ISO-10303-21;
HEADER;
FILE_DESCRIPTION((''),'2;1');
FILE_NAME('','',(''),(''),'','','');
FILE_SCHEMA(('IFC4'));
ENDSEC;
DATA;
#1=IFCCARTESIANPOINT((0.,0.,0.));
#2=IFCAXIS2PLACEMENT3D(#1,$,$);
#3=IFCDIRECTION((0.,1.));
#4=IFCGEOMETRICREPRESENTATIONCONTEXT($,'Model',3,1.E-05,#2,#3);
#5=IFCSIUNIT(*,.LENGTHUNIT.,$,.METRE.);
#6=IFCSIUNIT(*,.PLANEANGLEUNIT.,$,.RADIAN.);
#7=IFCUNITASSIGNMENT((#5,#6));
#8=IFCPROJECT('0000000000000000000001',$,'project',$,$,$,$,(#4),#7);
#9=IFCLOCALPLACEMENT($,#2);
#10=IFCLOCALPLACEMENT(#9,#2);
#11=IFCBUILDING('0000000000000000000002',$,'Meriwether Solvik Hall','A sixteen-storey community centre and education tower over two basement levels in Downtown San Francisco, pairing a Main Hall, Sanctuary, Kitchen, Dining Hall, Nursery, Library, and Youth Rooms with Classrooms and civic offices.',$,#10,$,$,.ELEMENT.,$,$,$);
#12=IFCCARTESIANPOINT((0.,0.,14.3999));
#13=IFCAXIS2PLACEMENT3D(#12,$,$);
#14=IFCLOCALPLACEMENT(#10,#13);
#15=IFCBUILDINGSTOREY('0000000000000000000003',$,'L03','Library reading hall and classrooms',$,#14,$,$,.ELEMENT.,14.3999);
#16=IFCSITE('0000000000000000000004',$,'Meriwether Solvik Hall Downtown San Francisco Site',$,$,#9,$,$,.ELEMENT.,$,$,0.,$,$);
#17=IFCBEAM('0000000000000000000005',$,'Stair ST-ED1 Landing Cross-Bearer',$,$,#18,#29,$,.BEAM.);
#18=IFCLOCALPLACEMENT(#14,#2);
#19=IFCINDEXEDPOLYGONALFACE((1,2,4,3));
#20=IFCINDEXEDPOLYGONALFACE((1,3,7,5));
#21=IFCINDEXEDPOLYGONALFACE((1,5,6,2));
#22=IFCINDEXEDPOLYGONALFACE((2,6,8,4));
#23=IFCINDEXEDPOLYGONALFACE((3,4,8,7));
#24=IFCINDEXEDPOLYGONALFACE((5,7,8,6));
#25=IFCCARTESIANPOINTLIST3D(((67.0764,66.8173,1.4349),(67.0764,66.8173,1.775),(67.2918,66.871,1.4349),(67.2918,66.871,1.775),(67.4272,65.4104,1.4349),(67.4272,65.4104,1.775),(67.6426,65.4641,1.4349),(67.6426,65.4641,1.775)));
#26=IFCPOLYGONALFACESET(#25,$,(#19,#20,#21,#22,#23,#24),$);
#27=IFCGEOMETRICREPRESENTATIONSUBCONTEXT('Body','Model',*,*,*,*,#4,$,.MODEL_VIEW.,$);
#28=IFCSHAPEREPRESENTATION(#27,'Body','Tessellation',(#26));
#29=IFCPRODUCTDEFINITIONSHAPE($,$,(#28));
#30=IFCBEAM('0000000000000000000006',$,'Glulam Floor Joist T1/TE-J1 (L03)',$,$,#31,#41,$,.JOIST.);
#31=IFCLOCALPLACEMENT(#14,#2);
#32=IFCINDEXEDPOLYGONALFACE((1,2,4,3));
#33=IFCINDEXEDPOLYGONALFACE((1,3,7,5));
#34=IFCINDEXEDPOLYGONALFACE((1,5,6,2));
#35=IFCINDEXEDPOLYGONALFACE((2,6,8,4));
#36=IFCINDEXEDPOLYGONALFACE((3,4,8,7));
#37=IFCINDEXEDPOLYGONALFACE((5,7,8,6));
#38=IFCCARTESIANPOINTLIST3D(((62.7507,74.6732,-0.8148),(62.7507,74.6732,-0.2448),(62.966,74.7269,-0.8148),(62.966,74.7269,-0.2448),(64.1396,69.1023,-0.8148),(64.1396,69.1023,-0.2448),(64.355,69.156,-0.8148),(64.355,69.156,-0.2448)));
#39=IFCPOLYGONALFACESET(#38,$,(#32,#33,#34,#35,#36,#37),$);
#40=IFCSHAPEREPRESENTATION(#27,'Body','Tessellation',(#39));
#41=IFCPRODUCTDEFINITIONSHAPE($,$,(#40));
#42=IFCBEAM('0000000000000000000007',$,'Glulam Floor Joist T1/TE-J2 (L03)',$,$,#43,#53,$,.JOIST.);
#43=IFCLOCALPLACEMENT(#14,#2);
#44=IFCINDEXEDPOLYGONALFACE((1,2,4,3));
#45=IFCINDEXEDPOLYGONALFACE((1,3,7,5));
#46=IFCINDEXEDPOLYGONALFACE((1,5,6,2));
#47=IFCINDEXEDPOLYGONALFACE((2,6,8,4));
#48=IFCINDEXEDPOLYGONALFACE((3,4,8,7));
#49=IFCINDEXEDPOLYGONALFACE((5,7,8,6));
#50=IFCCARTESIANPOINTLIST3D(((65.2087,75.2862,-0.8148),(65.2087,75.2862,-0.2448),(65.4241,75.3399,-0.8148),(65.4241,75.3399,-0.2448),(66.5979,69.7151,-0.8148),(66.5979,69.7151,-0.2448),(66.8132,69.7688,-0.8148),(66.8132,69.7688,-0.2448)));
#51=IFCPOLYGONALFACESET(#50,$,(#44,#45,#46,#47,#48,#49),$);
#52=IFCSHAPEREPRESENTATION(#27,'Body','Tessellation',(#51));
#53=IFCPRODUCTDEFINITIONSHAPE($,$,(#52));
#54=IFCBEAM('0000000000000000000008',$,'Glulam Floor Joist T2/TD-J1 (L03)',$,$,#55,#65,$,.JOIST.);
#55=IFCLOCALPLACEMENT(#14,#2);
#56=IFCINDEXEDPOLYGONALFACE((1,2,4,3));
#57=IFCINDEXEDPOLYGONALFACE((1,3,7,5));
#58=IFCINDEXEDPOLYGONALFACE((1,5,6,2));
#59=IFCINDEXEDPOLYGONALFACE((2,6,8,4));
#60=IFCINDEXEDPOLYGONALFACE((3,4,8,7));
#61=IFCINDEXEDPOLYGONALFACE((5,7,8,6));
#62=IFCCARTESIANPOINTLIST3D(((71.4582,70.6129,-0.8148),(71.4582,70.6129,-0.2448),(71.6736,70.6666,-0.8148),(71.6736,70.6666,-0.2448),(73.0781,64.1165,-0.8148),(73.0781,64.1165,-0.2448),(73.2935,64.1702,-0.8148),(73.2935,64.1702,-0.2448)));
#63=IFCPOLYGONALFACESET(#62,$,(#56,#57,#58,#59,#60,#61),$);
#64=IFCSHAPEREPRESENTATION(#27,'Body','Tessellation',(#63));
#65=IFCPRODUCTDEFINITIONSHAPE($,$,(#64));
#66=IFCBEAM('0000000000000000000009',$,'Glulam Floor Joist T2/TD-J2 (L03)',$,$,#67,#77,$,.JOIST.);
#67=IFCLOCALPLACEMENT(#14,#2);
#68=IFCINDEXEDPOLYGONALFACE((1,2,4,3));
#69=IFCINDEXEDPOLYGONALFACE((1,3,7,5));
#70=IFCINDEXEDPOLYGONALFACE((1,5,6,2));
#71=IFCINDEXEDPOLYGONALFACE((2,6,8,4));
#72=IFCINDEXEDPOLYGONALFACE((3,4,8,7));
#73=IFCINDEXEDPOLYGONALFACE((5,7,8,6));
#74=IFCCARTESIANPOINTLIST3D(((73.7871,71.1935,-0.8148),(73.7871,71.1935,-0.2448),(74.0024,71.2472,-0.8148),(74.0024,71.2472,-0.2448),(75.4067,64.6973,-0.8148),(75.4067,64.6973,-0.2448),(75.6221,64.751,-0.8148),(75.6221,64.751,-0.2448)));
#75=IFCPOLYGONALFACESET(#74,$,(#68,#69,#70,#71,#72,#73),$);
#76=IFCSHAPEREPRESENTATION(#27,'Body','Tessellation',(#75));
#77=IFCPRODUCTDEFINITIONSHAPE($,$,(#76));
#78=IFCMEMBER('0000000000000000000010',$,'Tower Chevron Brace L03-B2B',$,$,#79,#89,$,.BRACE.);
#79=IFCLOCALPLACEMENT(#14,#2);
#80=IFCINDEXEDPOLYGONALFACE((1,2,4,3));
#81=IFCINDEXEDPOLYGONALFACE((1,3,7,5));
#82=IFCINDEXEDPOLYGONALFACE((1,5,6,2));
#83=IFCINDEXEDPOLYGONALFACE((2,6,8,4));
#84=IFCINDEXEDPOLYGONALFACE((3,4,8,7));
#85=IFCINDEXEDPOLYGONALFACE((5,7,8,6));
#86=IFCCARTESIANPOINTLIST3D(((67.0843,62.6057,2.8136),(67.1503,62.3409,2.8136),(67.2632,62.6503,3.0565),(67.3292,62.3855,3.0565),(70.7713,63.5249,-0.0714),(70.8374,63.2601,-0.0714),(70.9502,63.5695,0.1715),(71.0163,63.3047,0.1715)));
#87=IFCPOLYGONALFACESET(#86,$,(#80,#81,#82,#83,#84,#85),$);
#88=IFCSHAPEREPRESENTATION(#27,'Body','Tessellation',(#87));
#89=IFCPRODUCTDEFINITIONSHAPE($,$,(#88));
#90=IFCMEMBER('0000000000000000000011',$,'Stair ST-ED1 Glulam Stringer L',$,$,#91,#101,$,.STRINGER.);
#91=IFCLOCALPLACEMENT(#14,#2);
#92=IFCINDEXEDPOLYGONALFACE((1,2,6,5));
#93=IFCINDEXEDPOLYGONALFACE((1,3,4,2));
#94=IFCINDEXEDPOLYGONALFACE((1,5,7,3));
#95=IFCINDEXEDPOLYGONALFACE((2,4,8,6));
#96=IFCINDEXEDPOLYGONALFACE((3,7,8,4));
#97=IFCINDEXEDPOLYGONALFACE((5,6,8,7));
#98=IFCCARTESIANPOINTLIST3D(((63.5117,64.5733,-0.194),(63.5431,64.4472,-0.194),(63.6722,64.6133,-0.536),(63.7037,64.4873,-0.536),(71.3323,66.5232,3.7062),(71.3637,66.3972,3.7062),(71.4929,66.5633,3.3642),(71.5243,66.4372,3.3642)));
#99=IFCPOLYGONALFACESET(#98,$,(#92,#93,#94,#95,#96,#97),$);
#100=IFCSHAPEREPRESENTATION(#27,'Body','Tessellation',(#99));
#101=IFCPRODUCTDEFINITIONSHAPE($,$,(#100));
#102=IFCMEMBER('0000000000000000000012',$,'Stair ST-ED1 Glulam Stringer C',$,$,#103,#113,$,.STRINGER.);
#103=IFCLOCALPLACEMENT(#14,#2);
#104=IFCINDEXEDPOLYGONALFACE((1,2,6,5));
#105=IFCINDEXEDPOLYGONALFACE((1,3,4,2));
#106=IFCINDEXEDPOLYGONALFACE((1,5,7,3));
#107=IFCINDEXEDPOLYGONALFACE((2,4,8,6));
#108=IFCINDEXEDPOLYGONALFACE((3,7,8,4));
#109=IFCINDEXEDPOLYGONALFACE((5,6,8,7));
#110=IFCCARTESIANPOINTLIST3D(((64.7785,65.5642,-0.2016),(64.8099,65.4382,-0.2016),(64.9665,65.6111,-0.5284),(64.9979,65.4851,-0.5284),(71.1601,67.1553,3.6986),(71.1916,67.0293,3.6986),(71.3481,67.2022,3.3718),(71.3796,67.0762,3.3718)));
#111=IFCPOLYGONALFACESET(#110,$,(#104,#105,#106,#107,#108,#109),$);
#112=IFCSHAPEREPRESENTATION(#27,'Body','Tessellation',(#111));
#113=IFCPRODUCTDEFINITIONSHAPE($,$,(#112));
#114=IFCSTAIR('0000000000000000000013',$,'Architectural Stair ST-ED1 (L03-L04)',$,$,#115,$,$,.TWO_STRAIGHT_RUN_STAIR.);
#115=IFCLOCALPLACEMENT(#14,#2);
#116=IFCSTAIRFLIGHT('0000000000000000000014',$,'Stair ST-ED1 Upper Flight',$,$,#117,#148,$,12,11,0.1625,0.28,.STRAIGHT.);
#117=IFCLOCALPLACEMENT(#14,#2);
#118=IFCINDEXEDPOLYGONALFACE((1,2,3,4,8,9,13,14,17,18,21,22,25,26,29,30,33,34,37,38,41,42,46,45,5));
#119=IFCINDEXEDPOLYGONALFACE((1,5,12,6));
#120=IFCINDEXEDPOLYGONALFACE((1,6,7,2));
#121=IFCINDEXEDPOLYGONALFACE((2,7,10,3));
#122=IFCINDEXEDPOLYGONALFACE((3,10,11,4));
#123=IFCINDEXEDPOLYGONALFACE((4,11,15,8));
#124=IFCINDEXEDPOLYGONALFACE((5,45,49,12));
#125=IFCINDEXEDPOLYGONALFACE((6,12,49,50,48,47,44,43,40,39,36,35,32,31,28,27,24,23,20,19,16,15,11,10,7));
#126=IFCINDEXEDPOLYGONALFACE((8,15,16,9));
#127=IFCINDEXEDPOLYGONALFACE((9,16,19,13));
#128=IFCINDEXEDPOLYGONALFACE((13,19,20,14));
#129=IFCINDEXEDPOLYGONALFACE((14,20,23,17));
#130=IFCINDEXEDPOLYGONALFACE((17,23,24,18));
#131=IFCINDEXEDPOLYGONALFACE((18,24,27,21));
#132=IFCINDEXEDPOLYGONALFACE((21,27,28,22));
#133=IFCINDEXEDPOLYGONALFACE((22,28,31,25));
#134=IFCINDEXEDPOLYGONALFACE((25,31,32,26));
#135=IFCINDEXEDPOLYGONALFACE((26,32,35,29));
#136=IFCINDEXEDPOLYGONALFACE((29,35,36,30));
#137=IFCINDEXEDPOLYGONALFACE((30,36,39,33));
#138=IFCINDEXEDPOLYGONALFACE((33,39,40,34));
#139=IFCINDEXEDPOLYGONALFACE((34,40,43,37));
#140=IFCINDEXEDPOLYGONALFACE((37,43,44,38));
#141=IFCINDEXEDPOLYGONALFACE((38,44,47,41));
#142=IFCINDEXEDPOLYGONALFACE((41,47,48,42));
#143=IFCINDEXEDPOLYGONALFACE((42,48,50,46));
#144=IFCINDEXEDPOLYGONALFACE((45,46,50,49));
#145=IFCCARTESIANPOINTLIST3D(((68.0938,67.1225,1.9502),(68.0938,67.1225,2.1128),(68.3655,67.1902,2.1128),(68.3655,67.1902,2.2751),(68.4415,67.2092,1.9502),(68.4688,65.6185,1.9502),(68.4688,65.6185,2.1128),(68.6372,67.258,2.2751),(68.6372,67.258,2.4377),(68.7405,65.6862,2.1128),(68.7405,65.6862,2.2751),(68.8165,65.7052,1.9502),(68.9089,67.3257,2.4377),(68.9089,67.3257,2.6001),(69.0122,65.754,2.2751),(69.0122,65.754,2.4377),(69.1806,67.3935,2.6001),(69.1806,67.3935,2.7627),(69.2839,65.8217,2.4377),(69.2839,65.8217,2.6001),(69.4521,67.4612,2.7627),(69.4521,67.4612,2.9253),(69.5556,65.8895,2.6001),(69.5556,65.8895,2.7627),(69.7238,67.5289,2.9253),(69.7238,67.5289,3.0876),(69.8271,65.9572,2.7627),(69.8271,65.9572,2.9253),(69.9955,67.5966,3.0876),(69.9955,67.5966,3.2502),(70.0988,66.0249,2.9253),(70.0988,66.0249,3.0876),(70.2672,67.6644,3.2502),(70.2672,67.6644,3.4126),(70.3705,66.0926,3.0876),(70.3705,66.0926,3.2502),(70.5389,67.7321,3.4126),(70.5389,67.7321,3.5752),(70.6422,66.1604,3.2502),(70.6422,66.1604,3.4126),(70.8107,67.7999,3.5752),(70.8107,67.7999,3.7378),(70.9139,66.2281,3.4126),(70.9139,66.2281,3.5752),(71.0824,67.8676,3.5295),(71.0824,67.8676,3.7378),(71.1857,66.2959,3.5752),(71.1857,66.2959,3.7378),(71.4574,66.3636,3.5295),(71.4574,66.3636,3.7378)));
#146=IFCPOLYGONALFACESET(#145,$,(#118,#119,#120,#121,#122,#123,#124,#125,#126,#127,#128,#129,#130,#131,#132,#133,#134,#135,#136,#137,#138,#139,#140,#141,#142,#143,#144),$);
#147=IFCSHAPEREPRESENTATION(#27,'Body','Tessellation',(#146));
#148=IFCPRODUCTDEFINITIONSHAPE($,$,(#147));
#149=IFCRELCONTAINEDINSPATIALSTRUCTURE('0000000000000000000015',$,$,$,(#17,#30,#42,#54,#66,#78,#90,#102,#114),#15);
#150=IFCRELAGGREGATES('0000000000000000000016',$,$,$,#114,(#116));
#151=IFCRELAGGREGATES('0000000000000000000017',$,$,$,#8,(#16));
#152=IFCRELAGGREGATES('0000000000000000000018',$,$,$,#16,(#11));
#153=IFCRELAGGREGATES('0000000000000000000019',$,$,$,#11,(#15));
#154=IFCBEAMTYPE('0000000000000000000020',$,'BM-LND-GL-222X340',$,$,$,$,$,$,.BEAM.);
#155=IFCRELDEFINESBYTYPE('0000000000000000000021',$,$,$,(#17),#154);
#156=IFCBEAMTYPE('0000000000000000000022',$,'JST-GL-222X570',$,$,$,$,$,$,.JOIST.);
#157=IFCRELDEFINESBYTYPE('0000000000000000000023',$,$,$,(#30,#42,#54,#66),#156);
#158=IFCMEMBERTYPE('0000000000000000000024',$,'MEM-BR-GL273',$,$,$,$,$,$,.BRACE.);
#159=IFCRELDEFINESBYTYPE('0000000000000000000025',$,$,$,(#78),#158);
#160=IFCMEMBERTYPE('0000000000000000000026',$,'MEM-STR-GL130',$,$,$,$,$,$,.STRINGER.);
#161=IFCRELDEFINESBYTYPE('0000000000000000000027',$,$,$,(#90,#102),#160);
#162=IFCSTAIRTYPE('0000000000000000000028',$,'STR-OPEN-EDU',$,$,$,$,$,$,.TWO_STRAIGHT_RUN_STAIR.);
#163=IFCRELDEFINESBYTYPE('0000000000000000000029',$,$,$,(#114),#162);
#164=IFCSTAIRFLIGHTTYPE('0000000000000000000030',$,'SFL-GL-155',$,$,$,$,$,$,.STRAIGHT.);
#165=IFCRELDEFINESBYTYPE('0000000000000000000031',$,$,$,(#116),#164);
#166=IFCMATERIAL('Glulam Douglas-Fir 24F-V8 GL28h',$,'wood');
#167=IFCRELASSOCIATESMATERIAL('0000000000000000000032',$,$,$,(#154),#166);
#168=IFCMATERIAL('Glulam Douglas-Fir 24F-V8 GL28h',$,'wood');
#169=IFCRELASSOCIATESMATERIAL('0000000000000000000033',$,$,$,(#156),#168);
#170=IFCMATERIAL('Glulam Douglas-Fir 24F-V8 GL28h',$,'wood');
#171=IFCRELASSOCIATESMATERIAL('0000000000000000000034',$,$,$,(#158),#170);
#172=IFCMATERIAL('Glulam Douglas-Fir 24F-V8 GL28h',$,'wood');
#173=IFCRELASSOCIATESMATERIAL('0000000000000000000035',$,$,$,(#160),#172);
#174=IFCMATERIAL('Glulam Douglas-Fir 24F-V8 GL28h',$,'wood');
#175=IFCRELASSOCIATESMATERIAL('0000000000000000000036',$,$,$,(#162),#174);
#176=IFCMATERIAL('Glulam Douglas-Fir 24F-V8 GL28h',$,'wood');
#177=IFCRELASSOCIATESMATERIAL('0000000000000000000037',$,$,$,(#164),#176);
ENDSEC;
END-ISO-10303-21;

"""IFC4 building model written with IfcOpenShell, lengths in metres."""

from ifc_helpers import new_model, si_unit, direction, frame, origin, origin_2d, place, context, subcontext, project, spatial, polyline, rectangle, outline, extrude, material, material_profile, profile_set, type_object, element, aggregate, save


model = new_model("IFC4")

# Units and contexts
model_context = context("Model", 3, precision=1e-05, world=origin(), true_north=direction((0.0, 1.0)))
body_context = subcontext(model_context, "Body", "Model", "MODEL_VIEW")
ifc_project = project(units=[si_unit("LENGTHUNIT", "METRE"), si_unit("PLANEANGLEUNIT", "RADIAN")], contexts=[model_context])

# Site, building, storey
site_placement = place(None, origin())
site = spatial("IfcSite", under=ifc_project, at=site_placement, Name="Meriwether Solvik Hall Downtown San Francisco Site", CompositionType="ELEMENT", RefElevation=0.0)
building_placement = place(site_placement, origin())
building = spatial("IfcBuilding", under=site, at=building_placement, Name="Meriwether Solvik Hall", Description="A sixteen-storey community centre and education tower over two basement levels in Downtown San Francisco, pairing a Main Hall, Sanctuary, Kitchen, Dining Hall, Nursery, Library, and Youth Rooms with Classrooms and civic offices.", CompositionType="ELEMENT")
storey_placement = place(building_placement, frame((0.0, 0.0, 14.3999)))
storey = spatial("IfcBuildingStorey", under=building, at=storey_placement, Name="L03", Description="Library reading hall and classrooms", CompositionType="ELEMENT", Elevation=14.3999)

# Beams
ifc_material_1 = material(Name="Glulam Douglas-Fir 24F-V8 GL28h", Category="wood")
ifc_material_profile_1 = material_profile(ifc_material_1, rectangle(XDim=0.2219, YDim=0.3401, at=origin_2d()), Name="GLB-222X340")
ifc_profile_set_1 = profile_set([ifc_material_profile_1], Name="Glulam Douglas-Fir 24F-V8 GL28h")
beam_type_1 = type_object("IfcBeamType", Name="BM-LND-GL-222X340", PredefinedType="BEAM", material=ifc_profile_set_1)
beam_1_placement = place(storey_placement, frame((67.5349, 65.4373, 1.605), z_axis=(-0.241941, 0.970291, 0.0), x_axis=(-0.970291, -0.241941, 0.0)))
element("IfcBeam", 1, at=beam_1_placement, inside=storey, type_object=beam_type_1, Name="Stair ST-ED1 Landing Cross-Bearer", PredefinedType="BEAM", context=body_context, shape_type="SweptSolid", body=[
    extrude(rectangle(XDim=0.2219, YDim=0.3401, at=origin_2d()), origin(), (0.0, 0.0, 1.0), 1.45),
])
ifc_material_2 = material(Name="Glulam Douglas-Fir 24F-V8 GL28h", Category="wood")
ifc_material_profile_2 = material_profile(ifc_material_2, rectangle(XDim=0.2219, YDim=0.5701, at=origin_2d()), Name="GLJ-222X570")
ifc_profile_set_2 = profile_set([ifc_material_profile_2], Name="Glulam Douglas-Fir 24F-V8 GL28h")
beam_type_2 = type_object("IfcBeamType", Name="JST-GL-222X570", PredefinedType="JOIST", material=ifc_profile_set_2)
beam_2_placement = place(storey_placement, frame((64.2473, 69.1292, -0.5298), z_axis=(-0.241915, 0.970297, 0.0), x_axis=(-0.970297, -0.241915, 0.0)))
element("IfcBeam", 2, at=beam_2_placement, inside=storey, type_object=beam_type_2, Name="Glulam Floor Joist T1/TE-J1 (L03)", PredefinedType="JOIST", context=body_context, shape_type="SweptSolid", body=[
    extrude(rectangle(XDim=0.2219, YDim=0.5701, at=origin_2d()), origin(), (0.0, 0.0, 1.0), 5.7415),
])
beam_3_placement = place(storey_placement, frame((66.7056, 69.7419, -0.5298), z_axis=(-0.241945, 0.97029, 0.0), x_axis=(-0.97029, -0.241945, 0.0)))
element("IfcBeam", 3, at=beam_3_placement, inside=storey, type_object=beam_type_2, Name="Glulam Floor Joist T1/TE-J2 (L03)", PredefinedType="JOIST", context=body_context, shape_type="SweptSolid", body=[
    extrude(rectangle(XDim=0.2219, YDim=0.5701, at=origin_2d()), origin(), (0.0, 0.0, 1.0), 5.7417),
])
beam_4_placement = place(storey_placement, frame((73.1858, 64.1433, -0.5298), z_axis=(-0.241944, 0.97029, 0.0), x_axis=(-0.97029, -0.241944, 0.0)))
element("IfcBeam", 4, at=beam_4_placement, inside=storey, type_object=beam_type_2, Name="Glulam Floor Joist T2/TD-J1 (L03)", PredefinedType="JOIST", context=body_context, shape_type="SweptSolid", body=[
    extrude(rectangle(XDim=0.2219, YDim=0.5701, at=origin_2d()), origin(), (0.0, 0.0, 1.0), 6.6953),
])
beam_5_placement = place(storey_placement, frame((75.5144, 64.7241, -0.5298), z_axis=(-0.241918, 0.970297, 0.0), x_axis=(-0.970297, -0.241918, 0.0)))
element("IfcBeam", 5, at=beam_5_placement, inside=storey, type_object=beam_type_2, Name="Glulam Floor Joist T2/TD-J2 (L03)", PredefinedType="JOIST", context=body_context, shape_type="SweptSolid", body=[
    extrude(rectangle(XDim=0.2219, YDim=0.5701, at=origin_2d()), origin(), (0.0, 0.0, 1.0), 6.6951),
])

# Members
ifc_material_3 = material(Name="Glulam Douglas-Fir 24F-V8 GL28h", Category="wood")
ifc_material_profile_3 = material_profile(ifc_material_3, rectangle(XDim=0.2729, YDim=0.3049, at=origin_2d()), Name="GLM-273X305")
ifc_profile_set_3 = profile_set([ifc_material_profile_3], Name="Glulam Douglas-Fir 24F-V8 GL28h")
member_type_1 = type_object("IfcMemberType", Name="MEM-BR-GL273", PredefinedType="BRACE", material=ifc_profile_set_3)
member_1_placement = place(storey_placement, frame((70.8938, 63.4148, 0.05), z_axis=(-0.7728, -0.192663, 0.6047), x_axis=(0.241901, -0.970301, 0.0)))
element("IfcMember", 6, at=member_1_placement, inside=storey, type_object=member_type_1, Name="Tower Chevron Brace L03-B2B", PredefinedType="BRACE", context=body_context, shape_type="SweptSolid", body=[
    extrude(rectangle(XDim=0.2729, YDim=0.3049, at=origin_2d()), origin(), (0.0, 0.0, 1.0), 4.771),
])
ifc_material_4 = material(Name="Glulam Douglas-Fir 24F-V8 GL28h", Category="wood")
ifc_material_profile_4 = material_profile(ifc_material_4, rectangle(XDim=0.1299, YDim=0.3799, at=origin_2d()), Name="GLM-130X380")
ifc_profile_set_4 = profile_set([ifc_material_profile_4], Name="Glulam Douglas-Fir 24F-V8 GL28h")
member_type_2 = type_object("IfcMemberType", Name="MEM-STR-GL130", PredefinedType="STRINGER", material=ifc_profile_set_4)
member_2_placement = place(storey_placement, frame((63.6077, 64.5303, -0.365), z_axis=(0.873412, 0.217774, 0.435575), x_axis=(-0.24193, 0.970294, 0.0)))
element("IfcMember", 7, at=member_2_placement, inside=storey, type_object=member_type_2, Name="Stair ST-ED1 Glulam Stringer L", PredefinedType="STRINGER", context=body_context, shape_type="SweptSolid", body=[
    extrude(rectangle(XDim=0.1299, YDim=0.3799, at=origin_2d()), origin(), (0.0, 0.0, 1.0), 8.9541),
])
member_3_placement = place(storey_placement, frame((64.8882, 65.5247, -0.365), z_axis=(0.834588, 0.20808, 0.510063), x_axis=(-0.241915, 0.970297, 0.0)))
element("IfcMember", 8, at=member_3_placement, inside=storey, type_object=member_type_2, Name="Stair ST-ED1 Glulam Stringer C", PredefinedType="STRINGER", context=body_context, shape_type="SweptSolid", body=[
    extrude(rectangle(XDim=0.1299, YDim=0.3799, at=origin_2d()), origin(), (0.0, 0.0, 1.0), 7.6465),
])

# Stair, stair flight
ifc_material_5 = material(Name="Glulam Douglas-Fir 24F-V8 GL28h", Category="wood")
stair_type = type_object("IfcStairType", Name="STR-OPEN-EDU", PredefinedType="TWO_STRAIGHT_RUN_STAIR", material=ifc_material_5)
stair_placement = place(storey_placement, origin())
stair = element("IfcStair", 9, at=stair_placement, inside=storey, type_object=stair_type, Name="Architectural Stair ST-ED1 (L03-L04)", PredefinedType="TWO_STRAIGHT_RUN_STAIR")
ifc_material_6 = material(Name="Glulam Douglas-Fir 24F-V8 GL28h", Category="wood")
stair_flight_type = type_object("IfcStairFlightType", Name="SFL-GL-155", PredefinedType="STRAIGHT", material=ifc_material_6)
stair_flight_placement = place(storey_placement, frame((68.2812, 66.3706, 1.9502), z_axis=(0.0, 0.0, 1.0), x_axis=(0.970296, 0.241922, 0.0)))
stair_flight = element("IfcStairFlight", 10, at=stair_flight_placement, type_object=stair_flight_type, Name="Stair ST-ED1 Upper Flight", NumberOfRisers=12, NumberOfTreads=11, PredefinedType="STRAIGHT", RiserHeight=0.1625, TreadLength=0.28, context=body_context, shape_type="SweptSolid", body=[
    extrude(outline(polyline([(0.0, 0.0), (0.0, 0.1626), (0.28, 0.1626), (0.28, 0.325), (0.5601, 0.325), (0.5601, 0.4875), (0.8401, 0.4875), (0.8401, 0.6499), (1.1201, 0.6499), (1.1201, 0.8125), (1.3999, 0.8125), (1.3999, 0.9751), (1.6799, 0.9751), (1.6799, 1.1375), (1.96, 1.1375), (1.96, 1.3), (2.24, 1.3), (2.24, 1.4624), (2.52, 1.4624), (2.52, 1.625), (2.8, 1.625), (2.8, 1.7876), (3.0801, 1.7876), (3.0801, 1.95), (3.0801, 1.5793), (0.3584, 0.0), (0.0, 0.0)])), frame((0.0, 0.7749, 0.0), z_axis=(0.0, -1.0, 0.0), x_axis=(1.0, 0.0, 0.0)), (0.0, 0.0, 1.0), 1.55),
])
aggregate(stair, [stair_flight])

save(model, "model.ifc")
